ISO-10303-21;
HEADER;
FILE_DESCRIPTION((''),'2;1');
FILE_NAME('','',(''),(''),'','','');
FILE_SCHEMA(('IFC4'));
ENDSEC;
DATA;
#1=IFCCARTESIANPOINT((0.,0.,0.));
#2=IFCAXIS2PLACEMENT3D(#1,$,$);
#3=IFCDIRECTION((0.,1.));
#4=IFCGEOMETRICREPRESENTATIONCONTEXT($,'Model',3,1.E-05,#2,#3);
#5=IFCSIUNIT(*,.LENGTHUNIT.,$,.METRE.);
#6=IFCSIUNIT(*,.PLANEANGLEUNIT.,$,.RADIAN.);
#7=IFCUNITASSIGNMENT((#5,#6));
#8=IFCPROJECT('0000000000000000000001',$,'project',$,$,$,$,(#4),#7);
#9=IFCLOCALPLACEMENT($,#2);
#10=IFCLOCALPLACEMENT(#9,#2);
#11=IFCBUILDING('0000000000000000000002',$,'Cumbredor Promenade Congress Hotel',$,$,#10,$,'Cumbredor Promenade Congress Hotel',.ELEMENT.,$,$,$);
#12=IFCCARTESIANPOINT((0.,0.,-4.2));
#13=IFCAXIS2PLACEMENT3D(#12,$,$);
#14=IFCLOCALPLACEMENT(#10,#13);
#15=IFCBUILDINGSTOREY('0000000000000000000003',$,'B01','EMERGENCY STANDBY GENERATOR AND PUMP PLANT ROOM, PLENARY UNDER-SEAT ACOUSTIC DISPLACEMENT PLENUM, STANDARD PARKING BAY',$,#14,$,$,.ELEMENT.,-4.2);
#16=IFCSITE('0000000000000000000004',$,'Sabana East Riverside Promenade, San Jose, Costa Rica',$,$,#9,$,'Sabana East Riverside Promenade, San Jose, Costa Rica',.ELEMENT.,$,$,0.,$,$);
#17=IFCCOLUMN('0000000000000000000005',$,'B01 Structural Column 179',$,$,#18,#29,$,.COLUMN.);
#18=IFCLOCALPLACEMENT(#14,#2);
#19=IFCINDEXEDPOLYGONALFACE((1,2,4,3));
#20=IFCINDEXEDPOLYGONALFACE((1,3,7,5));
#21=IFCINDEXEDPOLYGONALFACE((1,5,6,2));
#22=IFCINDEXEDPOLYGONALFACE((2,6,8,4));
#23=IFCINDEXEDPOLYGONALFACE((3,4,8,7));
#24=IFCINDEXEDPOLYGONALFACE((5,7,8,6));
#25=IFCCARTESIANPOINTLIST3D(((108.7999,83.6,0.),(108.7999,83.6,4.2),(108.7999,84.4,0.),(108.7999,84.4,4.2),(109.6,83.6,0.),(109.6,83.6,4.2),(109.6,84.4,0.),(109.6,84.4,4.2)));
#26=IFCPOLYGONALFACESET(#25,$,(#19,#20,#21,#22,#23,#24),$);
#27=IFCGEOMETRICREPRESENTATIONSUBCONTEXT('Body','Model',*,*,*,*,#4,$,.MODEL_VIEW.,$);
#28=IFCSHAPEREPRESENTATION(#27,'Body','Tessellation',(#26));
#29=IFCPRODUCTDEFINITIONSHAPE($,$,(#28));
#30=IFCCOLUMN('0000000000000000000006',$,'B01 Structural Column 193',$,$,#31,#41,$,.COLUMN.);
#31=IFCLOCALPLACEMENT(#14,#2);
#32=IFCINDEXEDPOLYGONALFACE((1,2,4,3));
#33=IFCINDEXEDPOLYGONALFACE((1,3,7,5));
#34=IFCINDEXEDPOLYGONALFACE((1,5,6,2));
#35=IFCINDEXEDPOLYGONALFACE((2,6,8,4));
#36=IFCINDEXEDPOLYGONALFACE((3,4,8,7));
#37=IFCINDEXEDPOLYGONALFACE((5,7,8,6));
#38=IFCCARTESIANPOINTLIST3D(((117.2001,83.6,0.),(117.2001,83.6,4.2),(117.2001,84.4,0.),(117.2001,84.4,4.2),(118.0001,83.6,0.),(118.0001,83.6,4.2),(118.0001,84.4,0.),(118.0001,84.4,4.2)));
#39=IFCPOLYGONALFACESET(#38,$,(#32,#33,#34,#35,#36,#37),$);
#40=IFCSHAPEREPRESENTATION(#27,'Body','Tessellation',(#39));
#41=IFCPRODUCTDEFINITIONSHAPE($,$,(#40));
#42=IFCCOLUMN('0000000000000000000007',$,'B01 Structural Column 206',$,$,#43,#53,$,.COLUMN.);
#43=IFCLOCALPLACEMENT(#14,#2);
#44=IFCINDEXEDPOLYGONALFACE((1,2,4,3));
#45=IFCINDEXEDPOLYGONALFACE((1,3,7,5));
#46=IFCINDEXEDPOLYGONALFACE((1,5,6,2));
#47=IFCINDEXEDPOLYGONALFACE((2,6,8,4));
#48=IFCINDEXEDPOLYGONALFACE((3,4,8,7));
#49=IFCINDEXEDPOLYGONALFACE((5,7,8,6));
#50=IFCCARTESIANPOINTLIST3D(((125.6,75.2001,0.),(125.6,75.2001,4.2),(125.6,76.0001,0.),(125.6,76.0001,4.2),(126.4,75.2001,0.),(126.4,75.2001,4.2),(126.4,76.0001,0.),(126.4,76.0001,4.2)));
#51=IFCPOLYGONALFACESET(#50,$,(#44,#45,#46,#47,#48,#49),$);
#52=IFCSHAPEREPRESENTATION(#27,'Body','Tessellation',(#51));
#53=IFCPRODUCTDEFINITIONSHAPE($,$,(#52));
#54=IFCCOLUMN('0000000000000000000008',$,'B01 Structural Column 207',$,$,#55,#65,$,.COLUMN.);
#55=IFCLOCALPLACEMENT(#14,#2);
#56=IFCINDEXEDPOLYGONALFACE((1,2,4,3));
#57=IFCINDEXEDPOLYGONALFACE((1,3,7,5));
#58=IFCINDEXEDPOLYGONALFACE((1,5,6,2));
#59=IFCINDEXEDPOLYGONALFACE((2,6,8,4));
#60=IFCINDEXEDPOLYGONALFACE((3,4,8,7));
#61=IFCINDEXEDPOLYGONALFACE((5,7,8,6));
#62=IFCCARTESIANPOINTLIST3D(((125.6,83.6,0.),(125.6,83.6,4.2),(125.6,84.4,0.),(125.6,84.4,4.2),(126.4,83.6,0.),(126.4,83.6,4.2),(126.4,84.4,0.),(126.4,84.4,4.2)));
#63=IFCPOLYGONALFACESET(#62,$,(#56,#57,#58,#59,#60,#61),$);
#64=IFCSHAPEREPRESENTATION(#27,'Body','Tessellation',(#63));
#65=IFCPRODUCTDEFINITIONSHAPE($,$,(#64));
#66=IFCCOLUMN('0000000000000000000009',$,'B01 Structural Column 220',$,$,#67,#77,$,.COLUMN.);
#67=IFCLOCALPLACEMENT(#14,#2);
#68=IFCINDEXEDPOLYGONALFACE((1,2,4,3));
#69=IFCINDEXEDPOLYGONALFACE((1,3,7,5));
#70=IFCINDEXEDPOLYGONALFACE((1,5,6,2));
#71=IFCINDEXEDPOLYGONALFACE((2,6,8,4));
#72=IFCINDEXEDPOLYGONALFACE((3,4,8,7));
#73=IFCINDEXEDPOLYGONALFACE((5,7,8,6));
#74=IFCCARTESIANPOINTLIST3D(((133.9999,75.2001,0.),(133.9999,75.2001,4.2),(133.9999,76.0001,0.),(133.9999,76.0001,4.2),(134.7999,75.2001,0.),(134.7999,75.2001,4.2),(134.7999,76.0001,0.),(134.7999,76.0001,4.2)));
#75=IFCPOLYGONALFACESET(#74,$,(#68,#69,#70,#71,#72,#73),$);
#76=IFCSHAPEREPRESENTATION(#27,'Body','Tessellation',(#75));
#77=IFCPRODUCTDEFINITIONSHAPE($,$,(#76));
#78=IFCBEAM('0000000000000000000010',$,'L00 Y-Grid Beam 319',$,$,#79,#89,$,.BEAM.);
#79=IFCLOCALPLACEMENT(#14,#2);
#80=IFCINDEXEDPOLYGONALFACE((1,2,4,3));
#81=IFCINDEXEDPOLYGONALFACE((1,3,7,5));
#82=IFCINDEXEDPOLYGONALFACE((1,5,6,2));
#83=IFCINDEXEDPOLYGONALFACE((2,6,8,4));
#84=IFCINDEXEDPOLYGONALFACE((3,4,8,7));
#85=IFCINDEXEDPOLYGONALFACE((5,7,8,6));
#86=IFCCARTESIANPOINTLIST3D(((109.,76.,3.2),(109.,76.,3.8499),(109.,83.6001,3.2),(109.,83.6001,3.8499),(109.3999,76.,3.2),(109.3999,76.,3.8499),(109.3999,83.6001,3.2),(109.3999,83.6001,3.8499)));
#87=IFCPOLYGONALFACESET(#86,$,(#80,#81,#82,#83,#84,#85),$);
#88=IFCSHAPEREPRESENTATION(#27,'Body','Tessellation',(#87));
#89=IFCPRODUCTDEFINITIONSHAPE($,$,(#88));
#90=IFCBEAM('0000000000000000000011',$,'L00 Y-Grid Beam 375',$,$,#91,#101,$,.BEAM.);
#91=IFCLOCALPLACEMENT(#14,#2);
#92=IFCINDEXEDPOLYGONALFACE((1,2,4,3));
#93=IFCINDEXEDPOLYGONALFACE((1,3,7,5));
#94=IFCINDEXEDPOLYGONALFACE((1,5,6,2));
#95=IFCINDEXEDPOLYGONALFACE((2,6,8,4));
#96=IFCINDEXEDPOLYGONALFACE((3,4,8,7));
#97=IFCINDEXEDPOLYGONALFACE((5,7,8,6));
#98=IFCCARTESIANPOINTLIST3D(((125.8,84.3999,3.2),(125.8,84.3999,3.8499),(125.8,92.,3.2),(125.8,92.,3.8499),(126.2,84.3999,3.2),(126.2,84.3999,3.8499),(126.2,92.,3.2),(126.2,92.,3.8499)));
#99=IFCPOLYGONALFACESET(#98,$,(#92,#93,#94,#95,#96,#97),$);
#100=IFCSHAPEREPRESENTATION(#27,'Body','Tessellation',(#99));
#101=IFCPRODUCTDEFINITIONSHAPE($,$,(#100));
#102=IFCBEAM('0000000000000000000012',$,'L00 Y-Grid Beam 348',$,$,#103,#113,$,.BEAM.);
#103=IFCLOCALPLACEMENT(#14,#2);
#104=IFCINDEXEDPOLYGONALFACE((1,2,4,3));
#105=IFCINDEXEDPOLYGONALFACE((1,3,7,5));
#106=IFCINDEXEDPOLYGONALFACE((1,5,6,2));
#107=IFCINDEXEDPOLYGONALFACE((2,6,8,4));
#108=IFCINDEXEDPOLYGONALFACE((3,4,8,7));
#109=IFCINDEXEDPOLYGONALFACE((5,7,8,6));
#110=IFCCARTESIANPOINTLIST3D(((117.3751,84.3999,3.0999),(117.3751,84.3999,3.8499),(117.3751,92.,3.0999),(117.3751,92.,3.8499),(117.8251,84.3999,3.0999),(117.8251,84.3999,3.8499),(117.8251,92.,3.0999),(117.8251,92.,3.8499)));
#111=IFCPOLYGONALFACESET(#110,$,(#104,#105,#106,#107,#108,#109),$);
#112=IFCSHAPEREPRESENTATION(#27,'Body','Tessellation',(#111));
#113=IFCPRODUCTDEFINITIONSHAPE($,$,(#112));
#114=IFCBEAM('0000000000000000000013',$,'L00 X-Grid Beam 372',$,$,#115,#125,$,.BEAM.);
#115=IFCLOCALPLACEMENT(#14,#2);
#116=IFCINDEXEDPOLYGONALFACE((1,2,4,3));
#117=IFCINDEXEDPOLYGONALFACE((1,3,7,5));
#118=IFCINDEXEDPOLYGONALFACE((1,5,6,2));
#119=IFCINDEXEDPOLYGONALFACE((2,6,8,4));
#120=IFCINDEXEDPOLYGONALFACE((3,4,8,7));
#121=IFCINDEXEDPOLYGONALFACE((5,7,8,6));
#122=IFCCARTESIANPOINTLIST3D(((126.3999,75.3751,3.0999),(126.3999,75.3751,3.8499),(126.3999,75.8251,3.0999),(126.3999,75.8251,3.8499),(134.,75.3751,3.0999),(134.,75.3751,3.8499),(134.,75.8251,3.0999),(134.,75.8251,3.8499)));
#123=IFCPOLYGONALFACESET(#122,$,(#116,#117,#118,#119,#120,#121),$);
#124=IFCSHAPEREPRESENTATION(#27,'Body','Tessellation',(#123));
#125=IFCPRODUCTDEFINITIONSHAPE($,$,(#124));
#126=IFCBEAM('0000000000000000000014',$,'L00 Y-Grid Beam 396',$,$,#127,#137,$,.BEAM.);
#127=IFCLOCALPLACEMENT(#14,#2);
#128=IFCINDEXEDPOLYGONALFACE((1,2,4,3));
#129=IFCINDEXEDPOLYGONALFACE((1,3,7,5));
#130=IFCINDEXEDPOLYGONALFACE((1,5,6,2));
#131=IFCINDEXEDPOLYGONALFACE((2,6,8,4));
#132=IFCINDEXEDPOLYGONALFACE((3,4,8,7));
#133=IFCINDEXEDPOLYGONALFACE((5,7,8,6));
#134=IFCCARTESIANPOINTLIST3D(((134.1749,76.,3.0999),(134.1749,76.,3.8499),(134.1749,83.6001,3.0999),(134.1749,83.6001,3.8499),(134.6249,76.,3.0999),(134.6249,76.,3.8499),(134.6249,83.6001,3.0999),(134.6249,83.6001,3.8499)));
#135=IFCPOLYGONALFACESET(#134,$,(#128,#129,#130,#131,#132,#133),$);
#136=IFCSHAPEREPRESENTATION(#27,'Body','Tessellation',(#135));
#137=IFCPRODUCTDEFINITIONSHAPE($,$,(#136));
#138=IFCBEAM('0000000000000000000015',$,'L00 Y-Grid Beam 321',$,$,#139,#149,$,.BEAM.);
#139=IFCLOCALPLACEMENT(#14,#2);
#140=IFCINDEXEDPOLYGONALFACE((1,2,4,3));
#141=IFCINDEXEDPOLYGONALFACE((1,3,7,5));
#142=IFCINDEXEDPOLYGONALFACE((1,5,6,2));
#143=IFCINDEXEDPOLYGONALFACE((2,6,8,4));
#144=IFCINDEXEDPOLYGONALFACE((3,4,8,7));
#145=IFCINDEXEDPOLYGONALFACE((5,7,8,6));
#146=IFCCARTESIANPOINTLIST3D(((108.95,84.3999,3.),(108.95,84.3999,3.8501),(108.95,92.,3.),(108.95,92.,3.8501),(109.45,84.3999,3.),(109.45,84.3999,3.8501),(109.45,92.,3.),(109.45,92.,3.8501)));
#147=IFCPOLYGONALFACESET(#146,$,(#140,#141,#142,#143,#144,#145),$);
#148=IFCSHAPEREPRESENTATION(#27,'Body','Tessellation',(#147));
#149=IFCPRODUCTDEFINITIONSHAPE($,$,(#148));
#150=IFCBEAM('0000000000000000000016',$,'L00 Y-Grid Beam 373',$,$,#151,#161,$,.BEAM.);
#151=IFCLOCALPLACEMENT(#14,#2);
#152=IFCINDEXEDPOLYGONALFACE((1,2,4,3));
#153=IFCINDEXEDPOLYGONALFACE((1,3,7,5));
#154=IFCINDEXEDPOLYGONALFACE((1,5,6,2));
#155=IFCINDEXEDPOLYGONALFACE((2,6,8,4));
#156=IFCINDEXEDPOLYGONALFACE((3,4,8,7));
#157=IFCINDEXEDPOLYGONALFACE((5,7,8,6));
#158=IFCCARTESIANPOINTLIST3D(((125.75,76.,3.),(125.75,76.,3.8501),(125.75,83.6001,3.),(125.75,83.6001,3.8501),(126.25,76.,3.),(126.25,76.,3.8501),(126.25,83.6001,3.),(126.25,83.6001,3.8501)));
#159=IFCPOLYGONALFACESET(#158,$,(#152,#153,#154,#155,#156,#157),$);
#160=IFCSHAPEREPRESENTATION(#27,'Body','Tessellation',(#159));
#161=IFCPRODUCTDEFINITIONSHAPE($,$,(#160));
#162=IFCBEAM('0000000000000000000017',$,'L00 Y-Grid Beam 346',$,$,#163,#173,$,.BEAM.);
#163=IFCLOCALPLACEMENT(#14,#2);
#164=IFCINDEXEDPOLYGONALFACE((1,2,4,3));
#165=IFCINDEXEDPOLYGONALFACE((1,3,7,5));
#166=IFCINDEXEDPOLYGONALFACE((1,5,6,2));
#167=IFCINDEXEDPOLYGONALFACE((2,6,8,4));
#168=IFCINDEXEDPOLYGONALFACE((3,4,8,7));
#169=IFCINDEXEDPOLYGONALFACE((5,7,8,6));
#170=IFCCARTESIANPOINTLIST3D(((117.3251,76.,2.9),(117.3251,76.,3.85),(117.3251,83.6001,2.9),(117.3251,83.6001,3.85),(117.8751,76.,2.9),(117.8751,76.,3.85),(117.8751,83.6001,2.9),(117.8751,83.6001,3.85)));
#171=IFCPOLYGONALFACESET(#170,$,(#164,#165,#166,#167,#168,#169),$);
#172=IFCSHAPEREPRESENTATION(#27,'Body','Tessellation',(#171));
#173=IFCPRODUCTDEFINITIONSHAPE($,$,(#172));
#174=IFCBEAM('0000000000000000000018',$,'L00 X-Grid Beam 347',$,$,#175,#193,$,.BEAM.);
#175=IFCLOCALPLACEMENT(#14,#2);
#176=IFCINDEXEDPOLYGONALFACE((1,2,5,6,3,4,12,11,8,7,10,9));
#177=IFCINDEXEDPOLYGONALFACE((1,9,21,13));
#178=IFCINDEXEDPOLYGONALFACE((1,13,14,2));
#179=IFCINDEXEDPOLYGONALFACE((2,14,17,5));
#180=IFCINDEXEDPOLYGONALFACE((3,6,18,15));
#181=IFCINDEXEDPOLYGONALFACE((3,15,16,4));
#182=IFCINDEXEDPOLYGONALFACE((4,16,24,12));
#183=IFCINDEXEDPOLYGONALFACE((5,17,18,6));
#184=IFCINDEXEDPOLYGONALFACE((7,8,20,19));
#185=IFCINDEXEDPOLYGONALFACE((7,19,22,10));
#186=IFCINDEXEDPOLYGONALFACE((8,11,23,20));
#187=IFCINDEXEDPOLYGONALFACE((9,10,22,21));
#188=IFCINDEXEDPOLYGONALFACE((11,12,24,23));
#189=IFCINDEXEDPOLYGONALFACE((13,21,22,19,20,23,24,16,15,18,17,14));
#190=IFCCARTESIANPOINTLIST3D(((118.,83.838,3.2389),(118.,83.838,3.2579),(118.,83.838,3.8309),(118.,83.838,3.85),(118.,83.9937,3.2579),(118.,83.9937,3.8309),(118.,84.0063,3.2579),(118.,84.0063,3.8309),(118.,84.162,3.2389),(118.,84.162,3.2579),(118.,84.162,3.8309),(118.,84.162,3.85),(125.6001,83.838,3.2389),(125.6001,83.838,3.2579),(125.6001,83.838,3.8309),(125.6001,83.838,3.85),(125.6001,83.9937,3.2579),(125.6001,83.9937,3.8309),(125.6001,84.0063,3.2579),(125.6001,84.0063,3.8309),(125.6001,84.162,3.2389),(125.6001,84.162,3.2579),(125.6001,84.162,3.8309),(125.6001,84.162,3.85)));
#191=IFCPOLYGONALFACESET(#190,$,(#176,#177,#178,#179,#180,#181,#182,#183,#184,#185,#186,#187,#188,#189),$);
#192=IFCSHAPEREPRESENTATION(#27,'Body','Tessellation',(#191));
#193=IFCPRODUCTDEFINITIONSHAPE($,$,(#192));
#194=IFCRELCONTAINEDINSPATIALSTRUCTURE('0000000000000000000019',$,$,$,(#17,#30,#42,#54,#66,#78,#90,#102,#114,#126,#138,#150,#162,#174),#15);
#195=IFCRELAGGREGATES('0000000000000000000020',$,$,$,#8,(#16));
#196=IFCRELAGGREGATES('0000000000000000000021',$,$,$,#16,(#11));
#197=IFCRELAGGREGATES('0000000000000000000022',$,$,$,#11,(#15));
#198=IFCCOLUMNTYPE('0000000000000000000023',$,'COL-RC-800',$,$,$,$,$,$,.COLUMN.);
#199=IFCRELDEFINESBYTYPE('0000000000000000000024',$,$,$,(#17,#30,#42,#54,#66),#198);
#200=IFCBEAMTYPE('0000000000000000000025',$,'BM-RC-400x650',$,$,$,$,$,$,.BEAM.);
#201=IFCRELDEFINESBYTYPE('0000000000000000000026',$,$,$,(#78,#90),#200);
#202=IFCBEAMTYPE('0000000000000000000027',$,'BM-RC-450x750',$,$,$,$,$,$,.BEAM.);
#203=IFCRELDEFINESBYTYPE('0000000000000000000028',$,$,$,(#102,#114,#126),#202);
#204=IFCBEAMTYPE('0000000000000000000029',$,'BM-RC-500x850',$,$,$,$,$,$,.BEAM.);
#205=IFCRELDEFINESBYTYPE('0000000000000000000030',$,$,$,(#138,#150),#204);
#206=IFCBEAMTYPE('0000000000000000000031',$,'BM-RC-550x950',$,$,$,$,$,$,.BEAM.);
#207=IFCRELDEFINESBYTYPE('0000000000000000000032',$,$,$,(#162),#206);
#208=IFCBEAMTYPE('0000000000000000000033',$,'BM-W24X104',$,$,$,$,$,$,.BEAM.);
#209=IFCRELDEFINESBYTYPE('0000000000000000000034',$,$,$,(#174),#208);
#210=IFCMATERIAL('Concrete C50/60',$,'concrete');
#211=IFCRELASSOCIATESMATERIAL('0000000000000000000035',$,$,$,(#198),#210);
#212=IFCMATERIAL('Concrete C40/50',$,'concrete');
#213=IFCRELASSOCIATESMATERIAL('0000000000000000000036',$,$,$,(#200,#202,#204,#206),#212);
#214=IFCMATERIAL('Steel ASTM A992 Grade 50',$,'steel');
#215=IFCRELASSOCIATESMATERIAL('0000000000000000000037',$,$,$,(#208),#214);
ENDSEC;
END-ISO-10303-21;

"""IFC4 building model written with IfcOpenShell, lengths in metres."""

from ifc_helpers import new_model, si_unit, direction, frame, origin, origin_2d, place, context, subcontext, project, spatial, rectangle, i_section, extrude, material, material_profile, profile_set, type_object, element, save


model = new_model("IFC4")

# Units and contexts
model_context = context("Model", 3, precision=1e-05, world=origin(), true_north=direction((0.0, 1.0)))
body_context = subcontext(model_context, "Body", "Model", "MODEL_VIEW")
ifc_project = project(units=[si_unit("LENGTHUNIT", "METRE"), si_unit("PLANEANGLEUNIT", "RADIAN")], contexts=[model_context])

# Site, building, storey
site_placement = place(None, origin())
site = spatial("IfcSite", under=ifc_project, at=site_placement, Name="Sabana East Riverside Promenade, San Jose, Costa Rica", LongName="Sabana East Riverside Promenade, San Jose, Costa Rica", CompositionType="ELEMENT", RefElevation=0.0)
building_placement = place(site_placement, origin())
building = spatial("IfcBuilding", under=site, at=building_placement, Name="Cumbredor Promenade Congress Hotel", LongName="Cumbredor Promenade Congress Hotel", CompositionType="ELEMENT")
storey_placement = place(building_placement, frame((0.0, 0.0, -4.2)))
storey = spatial("IfcBuildingStorey", under=building, at=storey_placement, Name="B01", Description="EMERGENCY STANDBY GENERATOR AND PUMP PLANT ROOM, PLENARY UNDER-SEAT ACOUSTIC DISPLACEMENT PLENUM, STANDARD PARKING BAY", CompositionType="ELEMENT", Elevation=-4.2)

# Columns
ifc_material_1 = material(Name="Concrete C50/60", Category="concrete")
ifc_material_profile_1 = material_profile(ifc_material_1, rectangle(XDim=0.8, YDim=0.8, at=origin_2d()), Name="RC 800x800")
ifc_profile_set_1 = profile_set([ifc_material_profile_1], Name="Concrete C50/60")
column_type = type_object("IfcColumnType", Name="COL-RC-800", PredefinedType="COLUMN", material=ifc_profile_set_1)
for number, where, z_axis, x_axis, name in (
    (1, (109.2, 84.0, 0.0), (0.0, 0.0, 1.0), (1.0, 0.0, 0.0), "B01 Structural Column 179"),
    (2, (117.6001, 84.0, 0.0), (0.0, 0.0, 1.0), (1.0, 0.0, 0.0), "B01 Structural Column 193"),
    (3, (126.0, 75.6001, 0.0), (0.0, 0.0, 1.0), (1.0, 0.0, 0.0), "B01 Structural Column 206"),
    (4, (126.0, 84.0, 0.0), (0.0, 0.0, 1.0), (1.0, 0.0, 0.0), "B01 Structural Column 207"),
    (5, (134.3999, 75.6001, 0.0), (0.0, 0.0, 1.0), (1.0, 0.0, 0.0), "B01 Structural Column 220"),
):
    element("IfcColumn", number, at=place(storey_placement, frame(where, z_axis=z_axis, x_axis=x_axis)), inside=storey, type_object=column_type, Name=name, PredefinedType="COLUMN", context=body_context, shape_type="SweptSolid", body=[
        extrude(rectangle(XDim=0.8, YDim=0.8, at=origin_2d()), origin(), (0.0, 0.0, 1.0), 4.2),
    ])

# Beams
ifc_material_2 = material(Name="Concrete C40/50", Category="concrete")
ifc_material_profile_2 = material_profile(ifc_material_2, rectangle(XDim=0.3999, YDim=0.6499, at=origin_2d()), Name="RC BEAM 400x650")
ifc_profile_set_2 = profile_set([ifc_material_profile_2], Name="Concrete C40/50")
beam_type_1 = type_object("IfcBeamType", Name="BM-RC-400x650", PredefinedType="BEAM", material=ifc_profile_set_2)
for number, where, z_axis, x_axis, name in (
    (6, (109.2, 76.0, 3.5249), (0.0, 1.0, 0.0), (-1.0, 0.0, 0.0), "L00 Y-Grid Beam 319"),
    (7, (126.0, 84.3999, 3.5249), (0.0, 1.0, 0.0), (-1.0, 0.0, 0.0), "L00 Y-Grid Beam 375"),
):
    element("IfcBeam", number, at=place(storey_placement, frame(where, z_axis=z_axis, x_axis=x_axis)), inside=storey, type_object=beam_type_1, Name=name, PredefinedType="BEAM", context=body_context, shape_type="SweptSolid", body=[
        extrude(rectangle(XDim=0.3999, YDim=0.6499, at=origin_2d()), origin(), (0.0, 0.0, 1.0), 7.6001),
    ])
ifc_material_profile_3 = material_profile(ifc_material_2, rectangle(XDim=0.45, YDim=0.75, at=origin_2d()), Name="RC BEAM 450x750")
ifc_profile_set_3 = profile_set([ifc_material_profile_3], Name="Concrete C40/50")
beam_type_2 = type_object("IfcBeamType", Name="BM-RC-450x750", PredefinedType="BEAM", material=ifc_profile_set_3)
for number, where, z_axis, x_axis, name in (
    (8, (117.6001, 84.3999, 3.4749), (0.0, 1.0, 0.0), (-1.0, 0.0, 0.0), "L00 Y-Grid Beam 348"),
    (9, (126.3999, 75.6001, 3.4749), (1.0, 0.0, 0.0), (0.0, 1.0, 0.0), "L00 X-Grid Beam 372"),
    (10, (134.3999, 76.0, 3.4749), (0.0, 1.0, 0.0), (-1.0, 0.0, 0.0), "L00 Y-Grid Beam 396"),
):
    element("IfcBeam", number, at=place(storey_placement, frame(where, z_axis=z_axis, x_axis=x_axis)), inside=storey, type_object=beam_type_2, Name=name, PredefinedType="BEAM", context=body_context, shape_type="SweptSolid", body=[
        extrude(rectangle(XDim=0.45, YDim=0.75, at=origin_2d()), origin(), (0.0, 0.0, 1.0), 7.6001),
    ])
ifc_material_profile_4 = material_profile(ifc_material_2, rectangle(XDim=0.5, YDim=0.8501, at=origin_2d()), Name="RC BEAM 500x850")
ifc_profile_set_4 = profile_set([ifc_material_profile_4], Name="Concrete C40/50")
beam_type_3 = type_object("IfcBeamType", Name="BM-RC-500x850", PredefinedType="BEAM", material=ifc_profile_set_4)
for number, where, z_axis, x_axis, name in (
    (11, (109.2, 84.3999, 3.425), (0.0, 1.0, 0.0), (-1.0, 0.0, 0.0), "L00 Y-Grid Beam 321"),
    (12, (126.0, 76.0, 3.425), (0.0, 1.0, 0.0), (-1.0, 0.0, 0.0), "L00 Y-Grid Beam 373"),
):
    element("IfcBeam", number, at=place(storey_placement, frame(where, z_axis=z_axis, x_axis=x_axis)), inside=storey, type_object=beam_type_3, Name=name, PredefinedType="BEAM", context=body_context, shape_type="SweptSolid", body=[
        extrude(rectangle(XDim=0.5, YDim=0.8501, at=origin_2d()), origin(), (0.0, 0.0, 1.0), 7.6001),
    ])
ifc_material_profile_5 = material_profile(ifc_material_2, rectangle(XDim=0.55, YDim=0.95, at=origin_2d()), Name="RC BEAM 550x950")
ifc_profile_set_5 = profile_set([ifc_material_profile_5], Name="Concrete C40/50")
beam_type_4 = type_object("IfcBeamType", Name="BM-RC-550x950", PredefinedType="BEAM", material=ifc_profile_set_5)
beam_1_placement = place(storey_placement, frame((117.6001, 76.0, 3.375), z_axis=(0.0, 1.0, 0.0), x_axis=(-1.0, 0.0, 0.0)))
element("IfcBeam", 13, at=beam_1_placement, inside=storey, type_object=beam_type_4, Name="L00 Y-Grid Beam 346", PredefinedType="BEAM", context=body_context, shape_type="SweptSolid", body=[
    extrude(rectangle(XDim=0.55, YDim=0.95, at=origin_2d()), origin(), (0.0, 0.0, 1.0), 7.6001),
])
ifc_material_3 = material(Name="Steel ASTM A992 Grade 50", Category="steel")
ifc_material_profile_6 = material_profile(ifc_material_3, i_section(OverallWidth=0.324, OverallDepth=0.6111, WebThickness=0.0127, FlangeThickness=0.019, at=origin_2d()), Name="W24X104")
ifc_profile_set_6 = profile_set([ifc_material_profile_6], Name="Steel ASTM A992 Grade 50")
beam_type_5 = type_object("IfcBeamType", Name="BM-W24X104", PredefinedType="BEAM", material=ifc_profile_set_6)
beam_2_placement = place(storey_placement, frame((118.0, 84.0, 3.5444), z_axis=(1.0, 0.0, 0.0), x_axis=(0.0, 1.0, 0.0)))
element("IfcBeam", 14, at=beam_2_placement, inside=storey, type_object=beam_type_5, Name="L00 X-Grid Beam 347", PredefinedType="BEAM", context=body_context, shape_type="SweptSolid", body=[
    extrude(i_section(OverallWidth=0.324, OverallDepth=0.6111, WebThickness=0.0127, FlangeThickness=0.019, at=origin_2d()), origin(), (0.0, 0.0, 1.0), 7.6001),
])

save(model, "model.ifc")
